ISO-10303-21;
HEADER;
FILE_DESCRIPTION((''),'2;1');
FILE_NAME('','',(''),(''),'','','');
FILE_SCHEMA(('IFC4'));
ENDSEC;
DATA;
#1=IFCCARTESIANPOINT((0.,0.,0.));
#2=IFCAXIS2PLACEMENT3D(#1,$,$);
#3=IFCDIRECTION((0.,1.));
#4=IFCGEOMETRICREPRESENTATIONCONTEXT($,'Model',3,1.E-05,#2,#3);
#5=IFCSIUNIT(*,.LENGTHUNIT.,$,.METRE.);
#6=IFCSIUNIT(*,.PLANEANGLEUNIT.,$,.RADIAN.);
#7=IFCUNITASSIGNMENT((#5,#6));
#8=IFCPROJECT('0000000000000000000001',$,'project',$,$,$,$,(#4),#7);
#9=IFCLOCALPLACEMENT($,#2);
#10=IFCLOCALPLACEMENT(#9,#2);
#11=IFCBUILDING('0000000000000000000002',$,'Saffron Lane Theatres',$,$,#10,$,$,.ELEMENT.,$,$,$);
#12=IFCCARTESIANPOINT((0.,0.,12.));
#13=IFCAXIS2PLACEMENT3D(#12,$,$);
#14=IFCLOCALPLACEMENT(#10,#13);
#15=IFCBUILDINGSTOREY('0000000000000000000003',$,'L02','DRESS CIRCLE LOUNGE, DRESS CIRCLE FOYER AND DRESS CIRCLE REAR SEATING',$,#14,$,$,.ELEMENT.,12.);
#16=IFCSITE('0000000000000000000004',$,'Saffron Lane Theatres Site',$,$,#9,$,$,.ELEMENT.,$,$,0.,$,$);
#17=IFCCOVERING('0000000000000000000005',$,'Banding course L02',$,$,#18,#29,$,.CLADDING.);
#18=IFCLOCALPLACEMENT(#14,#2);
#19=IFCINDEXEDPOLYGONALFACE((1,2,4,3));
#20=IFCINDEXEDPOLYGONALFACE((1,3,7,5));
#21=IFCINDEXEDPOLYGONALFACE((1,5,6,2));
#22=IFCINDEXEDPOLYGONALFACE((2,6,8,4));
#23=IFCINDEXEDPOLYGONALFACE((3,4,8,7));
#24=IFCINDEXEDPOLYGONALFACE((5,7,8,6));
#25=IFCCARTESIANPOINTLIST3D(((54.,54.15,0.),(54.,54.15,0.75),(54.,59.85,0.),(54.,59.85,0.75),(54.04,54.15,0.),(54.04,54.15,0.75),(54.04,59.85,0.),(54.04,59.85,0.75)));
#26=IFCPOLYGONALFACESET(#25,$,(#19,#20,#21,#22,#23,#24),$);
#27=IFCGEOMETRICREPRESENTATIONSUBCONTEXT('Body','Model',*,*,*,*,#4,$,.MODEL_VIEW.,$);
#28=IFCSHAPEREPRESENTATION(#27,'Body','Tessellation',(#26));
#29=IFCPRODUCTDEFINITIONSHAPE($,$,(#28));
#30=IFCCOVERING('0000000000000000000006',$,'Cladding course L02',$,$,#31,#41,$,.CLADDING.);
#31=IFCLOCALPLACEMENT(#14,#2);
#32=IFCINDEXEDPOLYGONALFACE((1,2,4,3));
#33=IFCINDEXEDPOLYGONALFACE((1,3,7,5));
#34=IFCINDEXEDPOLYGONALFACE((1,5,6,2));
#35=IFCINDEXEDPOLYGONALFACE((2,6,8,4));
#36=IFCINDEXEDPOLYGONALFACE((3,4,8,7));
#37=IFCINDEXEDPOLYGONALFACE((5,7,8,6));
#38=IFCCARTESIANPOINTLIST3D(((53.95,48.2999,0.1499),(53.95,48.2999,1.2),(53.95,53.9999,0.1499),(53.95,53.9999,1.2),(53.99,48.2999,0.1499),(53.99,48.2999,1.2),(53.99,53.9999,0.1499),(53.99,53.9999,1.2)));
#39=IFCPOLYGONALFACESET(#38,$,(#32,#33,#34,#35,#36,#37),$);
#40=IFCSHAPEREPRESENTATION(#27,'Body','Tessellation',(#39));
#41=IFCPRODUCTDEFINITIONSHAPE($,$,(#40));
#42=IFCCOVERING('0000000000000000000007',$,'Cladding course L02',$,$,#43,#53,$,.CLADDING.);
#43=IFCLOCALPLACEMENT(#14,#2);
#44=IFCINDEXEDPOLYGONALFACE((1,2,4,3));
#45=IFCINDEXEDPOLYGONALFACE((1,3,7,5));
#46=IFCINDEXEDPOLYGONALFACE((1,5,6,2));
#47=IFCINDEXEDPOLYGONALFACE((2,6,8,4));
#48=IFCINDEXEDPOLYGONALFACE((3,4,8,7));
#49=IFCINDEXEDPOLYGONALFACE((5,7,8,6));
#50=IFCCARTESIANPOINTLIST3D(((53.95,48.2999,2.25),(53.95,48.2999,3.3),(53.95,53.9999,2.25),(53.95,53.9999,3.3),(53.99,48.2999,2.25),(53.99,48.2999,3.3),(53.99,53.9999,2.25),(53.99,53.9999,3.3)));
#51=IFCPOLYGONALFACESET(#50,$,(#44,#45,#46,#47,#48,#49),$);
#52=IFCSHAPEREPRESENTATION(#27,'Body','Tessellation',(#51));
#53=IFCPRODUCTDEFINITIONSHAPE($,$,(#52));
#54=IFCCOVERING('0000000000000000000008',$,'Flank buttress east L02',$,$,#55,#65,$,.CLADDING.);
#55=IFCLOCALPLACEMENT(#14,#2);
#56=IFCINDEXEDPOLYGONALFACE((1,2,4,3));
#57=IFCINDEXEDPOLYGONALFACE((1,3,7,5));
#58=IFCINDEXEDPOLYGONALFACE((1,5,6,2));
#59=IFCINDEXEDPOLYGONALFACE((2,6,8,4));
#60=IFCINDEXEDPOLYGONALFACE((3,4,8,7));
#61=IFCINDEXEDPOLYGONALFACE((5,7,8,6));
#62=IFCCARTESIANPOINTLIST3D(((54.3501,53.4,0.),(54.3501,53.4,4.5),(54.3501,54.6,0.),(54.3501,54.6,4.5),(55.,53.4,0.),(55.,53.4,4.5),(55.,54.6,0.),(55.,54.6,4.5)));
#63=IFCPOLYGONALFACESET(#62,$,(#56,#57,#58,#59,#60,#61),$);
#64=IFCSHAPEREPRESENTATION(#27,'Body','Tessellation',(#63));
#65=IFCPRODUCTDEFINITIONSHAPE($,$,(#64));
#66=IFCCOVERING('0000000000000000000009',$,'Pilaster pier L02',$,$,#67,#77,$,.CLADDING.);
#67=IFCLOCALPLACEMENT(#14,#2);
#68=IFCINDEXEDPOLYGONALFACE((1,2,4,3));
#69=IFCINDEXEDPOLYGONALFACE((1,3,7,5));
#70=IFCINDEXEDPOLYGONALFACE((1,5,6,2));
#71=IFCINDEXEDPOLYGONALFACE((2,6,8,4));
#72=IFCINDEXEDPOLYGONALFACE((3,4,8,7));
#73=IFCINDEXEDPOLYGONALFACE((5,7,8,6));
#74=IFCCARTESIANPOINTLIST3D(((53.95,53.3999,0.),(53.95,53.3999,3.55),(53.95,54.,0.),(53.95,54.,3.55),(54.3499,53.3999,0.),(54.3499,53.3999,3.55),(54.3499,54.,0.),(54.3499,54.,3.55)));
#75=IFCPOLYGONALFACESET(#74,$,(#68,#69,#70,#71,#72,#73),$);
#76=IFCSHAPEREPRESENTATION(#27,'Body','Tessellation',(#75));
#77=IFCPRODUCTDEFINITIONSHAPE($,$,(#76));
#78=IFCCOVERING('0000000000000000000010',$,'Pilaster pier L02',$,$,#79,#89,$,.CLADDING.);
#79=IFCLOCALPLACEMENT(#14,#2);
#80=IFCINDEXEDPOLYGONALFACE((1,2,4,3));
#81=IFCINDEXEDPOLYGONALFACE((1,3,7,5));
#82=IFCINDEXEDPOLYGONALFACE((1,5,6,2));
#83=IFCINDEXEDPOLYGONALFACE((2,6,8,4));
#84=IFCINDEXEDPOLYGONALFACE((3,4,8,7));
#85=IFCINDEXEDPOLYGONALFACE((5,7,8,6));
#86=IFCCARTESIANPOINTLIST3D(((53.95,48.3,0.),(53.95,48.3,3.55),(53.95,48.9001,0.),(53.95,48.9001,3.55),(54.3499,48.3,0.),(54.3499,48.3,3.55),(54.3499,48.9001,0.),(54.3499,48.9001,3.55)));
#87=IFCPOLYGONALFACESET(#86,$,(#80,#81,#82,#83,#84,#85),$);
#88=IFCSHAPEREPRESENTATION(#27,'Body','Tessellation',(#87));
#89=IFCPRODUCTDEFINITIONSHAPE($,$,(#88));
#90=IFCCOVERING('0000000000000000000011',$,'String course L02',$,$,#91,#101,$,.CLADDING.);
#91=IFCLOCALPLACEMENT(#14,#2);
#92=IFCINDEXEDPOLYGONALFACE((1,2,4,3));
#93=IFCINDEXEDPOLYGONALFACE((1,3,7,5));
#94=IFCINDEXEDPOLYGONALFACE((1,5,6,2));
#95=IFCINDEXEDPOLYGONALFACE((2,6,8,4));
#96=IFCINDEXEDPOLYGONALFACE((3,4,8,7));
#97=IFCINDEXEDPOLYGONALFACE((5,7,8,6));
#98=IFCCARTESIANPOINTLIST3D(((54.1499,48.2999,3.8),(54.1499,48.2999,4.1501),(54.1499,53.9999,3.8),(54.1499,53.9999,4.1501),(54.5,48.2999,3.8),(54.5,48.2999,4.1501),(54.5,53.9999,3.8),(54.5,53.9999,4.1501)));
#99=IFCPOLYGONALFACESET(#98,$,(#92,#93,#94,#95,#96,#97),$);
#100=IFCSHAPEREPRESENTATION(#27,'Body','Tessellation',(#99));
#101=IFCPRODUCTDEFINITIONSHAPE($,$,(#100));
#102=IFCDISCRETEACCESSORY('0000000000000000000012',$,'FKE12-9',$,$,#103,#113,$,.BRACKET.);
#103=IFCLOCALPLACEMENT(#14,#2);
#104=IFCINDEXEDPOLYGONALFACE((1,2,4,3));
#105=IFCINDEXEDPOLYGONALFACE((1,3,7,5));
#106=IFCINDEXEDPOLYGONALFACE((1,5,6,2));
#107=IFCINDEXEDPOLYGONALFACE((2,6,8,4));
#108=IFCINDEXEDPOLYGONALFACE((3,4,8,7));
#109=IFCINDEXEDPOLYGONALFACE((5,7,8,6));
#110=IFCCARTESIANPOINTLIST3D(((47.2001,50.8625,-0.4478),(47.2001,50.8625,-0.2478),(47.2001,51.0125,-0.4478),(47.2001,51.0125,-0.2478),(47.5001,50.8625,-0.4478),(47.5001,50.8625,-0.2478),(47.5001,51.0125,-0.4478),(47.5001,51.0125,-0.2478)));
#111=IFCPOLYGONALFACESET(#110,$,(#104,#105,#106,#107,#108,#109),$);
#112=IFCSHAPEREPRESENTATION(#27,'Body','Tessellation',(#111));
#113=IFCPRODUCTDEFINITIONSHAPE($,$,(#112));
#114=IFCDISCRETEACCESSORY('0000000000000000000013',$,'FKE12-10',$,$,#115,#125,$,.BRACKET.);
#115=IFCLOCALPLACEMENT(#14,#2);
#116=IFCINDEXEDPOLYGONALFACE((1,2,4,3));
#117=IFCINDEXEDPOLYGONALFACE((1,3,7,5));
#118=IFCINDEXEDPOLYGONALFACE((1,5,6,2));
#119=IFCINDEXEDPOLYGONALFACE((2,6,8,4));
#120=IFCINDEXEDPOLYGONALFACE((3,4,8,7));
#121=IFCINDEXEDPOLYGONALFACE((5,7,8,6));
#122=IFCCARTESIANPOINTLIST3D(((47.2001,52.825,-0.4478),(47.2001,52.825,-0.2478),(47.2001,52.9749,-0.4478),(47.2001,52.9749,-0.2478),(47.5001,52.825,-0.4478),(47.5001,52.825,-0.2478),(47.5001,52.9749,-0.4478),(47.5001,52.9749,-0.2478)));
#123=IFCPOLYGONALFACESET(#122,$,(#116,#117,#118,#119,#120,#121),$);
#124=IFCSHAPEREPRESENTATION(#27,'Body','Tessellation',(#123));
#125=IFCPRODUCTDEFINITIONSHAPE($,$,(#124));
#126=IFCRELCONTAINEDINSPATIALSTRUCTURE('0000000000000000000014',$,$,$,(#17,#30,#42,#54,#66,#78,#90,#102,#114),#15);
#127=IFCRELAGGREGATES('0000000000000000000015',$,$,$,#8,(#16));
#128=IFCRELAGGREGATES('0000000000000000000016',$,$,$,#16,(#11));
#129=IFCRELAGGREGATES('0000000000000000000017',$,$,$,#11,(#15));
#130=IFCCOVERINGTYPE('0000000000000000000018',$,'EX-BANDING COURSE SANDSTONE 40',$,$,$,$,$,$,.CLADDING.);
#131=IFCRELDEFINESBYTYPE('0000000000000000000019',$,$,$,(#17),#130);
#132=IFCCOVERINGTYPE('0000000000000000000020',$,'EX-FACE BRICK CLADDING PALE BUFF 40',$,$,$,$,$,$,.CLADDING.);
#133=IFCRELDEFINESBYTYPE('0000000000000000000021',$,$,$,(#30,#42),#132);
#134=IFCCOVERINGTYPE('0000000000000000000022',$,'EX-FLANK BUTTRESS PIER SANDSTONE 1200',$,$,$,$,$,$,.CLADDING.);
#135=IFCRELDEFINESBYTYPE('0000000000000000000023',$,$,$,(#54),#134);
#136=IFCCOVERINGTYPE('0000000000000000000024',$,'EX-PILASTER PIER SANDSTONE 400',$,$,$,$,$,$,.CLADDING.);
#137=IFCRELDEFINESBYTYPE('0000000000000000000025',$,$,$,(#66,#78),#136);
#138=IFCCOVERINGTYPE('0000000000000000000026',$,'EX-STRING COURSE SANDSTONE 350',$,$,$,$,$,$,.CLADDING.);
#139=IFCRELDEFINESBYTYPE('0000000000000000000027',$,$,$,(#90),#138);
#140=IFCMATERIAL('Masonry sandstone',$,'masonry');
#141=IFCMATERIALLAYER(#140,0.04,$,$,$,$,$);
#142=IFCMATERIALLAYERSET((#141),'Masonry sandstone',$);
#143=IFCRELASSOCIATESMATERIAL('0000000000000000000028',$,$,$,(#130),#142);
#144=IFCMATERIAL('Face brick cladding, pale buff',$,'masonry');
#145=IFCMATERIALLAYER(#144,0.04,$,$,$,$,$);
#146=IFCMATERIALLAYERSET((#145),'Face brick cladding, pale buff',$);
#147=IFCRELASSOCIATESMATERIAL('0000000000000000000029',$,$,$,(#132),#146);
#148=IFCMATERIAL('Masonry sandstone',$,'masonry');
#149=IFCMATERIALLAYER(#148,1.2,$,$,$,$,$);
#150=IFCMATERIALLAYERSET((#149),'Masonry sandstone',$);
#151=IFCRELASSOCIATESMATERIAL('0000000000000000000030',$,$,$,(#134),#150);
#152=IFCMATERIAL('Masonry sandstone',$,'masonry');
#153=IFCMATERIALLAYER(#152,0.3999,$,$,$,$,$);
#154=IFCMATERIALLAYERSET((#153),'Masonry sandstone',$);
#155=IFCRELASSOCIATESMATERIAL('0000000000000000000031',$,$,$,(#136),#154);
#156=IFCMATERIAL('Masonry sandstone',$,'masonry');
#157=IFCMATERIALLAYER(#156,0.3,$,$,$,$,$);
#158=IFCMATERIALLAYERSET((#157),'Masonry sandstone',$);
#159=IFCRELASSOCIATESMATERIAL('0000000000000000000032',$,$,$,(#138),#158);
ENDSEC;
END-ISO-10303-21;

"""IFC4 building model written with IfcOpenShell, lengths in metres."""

from ifc_helpers import new_model, si_unit, direction, frame, origin, origin_2d, place, context, subcontext, project, spatial, rectangle, extrude, material, layer, layer_set, type_object, element, save


model = new_model("IFC4")

# Units and contexts
model_context = context("Model", 3, precision=1e-05, world=origin(), true_north=direction((0.0, 1.0)))
body_context = subcontext(model_context, "Body", "Model", "MODEL_VIEW")
ifc_project = project(units=[si_unit("LENGTHUNIT", "METRE"), si_unit("PLANEANGLEUNIT", "RADIAN")], contexts=[model_context])

# Site, building, storey
site_placement = place(None, origin())
site = spatial("IfcSite", under=ifc_project, at=site_placement, Name="Saffron Lane Theatres Site", CompositionType="ELEMENT", RefElevation=0.0)
building_placement = place(site_placement, origin())
building = spatial("IfcBuilding", under=site, at=building_placement, Name="Saffron Lane Theatres", CompositionType="ELEMENT")
storey_placement = place(building_placement, frame((0.0, 0.0, 12.0)))
storey = spatial("IfcBuildingStorey", under=building, at=storey_placement, Name="L02", Description="DRESS CIRCLE LOUNGE, DRESS CIRCLE FOYER AND DRESS CIRCLE REAR SEATING", CompositionType="ELEMENT", Elevation=12.0)

# Coverings
ifc_material_1 = material(Name="Masonry sandstone", Category="masonry")
ifc_layer_1 = layer(ifc_material_1, 0.04)
ifc_layer_set_1 = layer_set([ifc_layer_1], Name="Masonry sandstone")
covering_type_1 = type_object("IfcCoveringType", Name="EX-BANDING COURSE SANDSTONE 40", PredefinedType="CLADDING", material=ifc_layer_set_1)
covering_1_placement = place(storey_placement, frame((54.02, 57.0, 0.0), z_axis=(0.0, 0.0, 1.0), x_axis=(0.0, 1.0, 0.0)))
element("IfcCovering", 1, at=covering_1_placement, inside=storey, type_object=covering_type_1, Name="Banding course L02", PredefinedType="CLADDING", context=body_context, shape_type="SweptSolid", body=[
    extrude(rectangle(XDim=5.7, YDim=0.04, at=origin_2d()), origin(), (0.0, 0.0, 1.0), 0.75),
])
ifc_material_2 = material(Name="Face brick cladding, pale buff", Category="masonry")
ifc_layer_2 = layer(ifc_material_2, 0.04)
ifc_layer_set_2 = layer_set([ifc_layer_2], Name="Face brick cladding, pale buff")
covering_type_2 = type_object("IfcCoveringType", Name="EX-FACE BRICK CLADDING PALE BUFF 40", PredefinedType="CLADDING", material=ifc_layer_set_2)
for number, where, z_axis, x_axis, name in (
    (2, (53.97, 51.1499, 0.1499), (0.0, 0.0, 1.0), (0.0, -1.0, 0.0), "Cladding course L02"),
    (3, (53.97, 51.1499, 2.25), (0.0, 0.0, 1.0), (0.0, -1.0, 0.0), "Cladding course L02"),
):
    element("IfcCovering", number, at=place(storey_placement, frame(where, z_axis=z_axis, x_axis=x_axis)), inside=storey, type_object=covering_type_2, Name=name, PredefinedType="CLADDING", context=body_context, shape_type="SweptSolid", body=[
        extrude(rectangle(XDim=5.7, YDim=0.04, at=origin_2d()), origin(), (0.0, 0.0, 1.0), 1.05),
    ])
ifc_material_3 = material(Name="Masonry sandstone", Category="masonry")
ifc_layer_3 = layer(ifc_material_3, 1.2)
ifc_layer_set_3 = layer_set([ifc_layer_3], Name="Masonry sandstone")
covering_type_3 = type_object("IfcCoveringType", Name="EX-FLANK BUTTRESS PIER SANDSTONE 1200", PredefinedType="CLADDING", material=ifc_layer_set_3)
covering_2_placement = place(storey_placement, frame((54.675, 54.0, 0.0), z_axis=(0.0, 0.0, 1.0), x_axis=(0.0, 1.0, 0.0)))
element("IfcCovering", 4, at=covering_2_placement, inside=storey, type_object=covering_type_3, Name="Flank buttress east L02", PredefinedType="CLADDING", context=body_context, shape_type="SweptSolid", body=[
    extrude(rectangle(XDim=1.2, YDim=0.6499, at=origin_2d()), origin(), (0.0, 0.0, 1.0), 4.5),
])
ifc_material_4 = material(Name="Masonry sandstone", Category="masonry")
ifc_layer_4 = layer(ifc_material_4, 0.3999)
ifc_layer_set_4 = layer_set([ifc_layer_4], Name="Masonry sandstone")
covering_type_4 = type_object("IfcCoveringType", Name="EX-PILASTER PIER SANDSTONE 400", PredefinedType="CLADDING", material=ifc_layer_set_4)
for number, where, z_axis, x_axis, name in (
    (5, (54.1499, 53.7, 0.0), (0.0, 0.0, 1.0), (0.0, -1.0, 0.0), "Pilaster pier L02"),
    (6, (54.1499, 48.6001, 0.0), (0.0, 0.0, 1.0), (0.0, -1.0, 0.0), "Pilaster pier L02"),
):
    element("IfcCovering", number, at=place(storey_placement, frame(where, z_axis=z_axis, x_axis=x_axis)), inside=storey, type_object=covering_type_4, Name=name, PredefinedType="CLADDING", context=body_context, shape_type="SweptSolid", body=[
        extrude(rectangle(XDim=0.6001, YDim=0.3999, at=origin_2d()), origin(), (0.0, 0.0, 1.0), 3.55),
    ])
ifc_material_5 = material(Name="Masonry sandstone", Category="masonry")
ifc_layer_5 = layer(ifc_material_5, 0.3)
ifc_layer_set_5 = layer_set([ifc_layer_5], Name="Masonry sandstone")
covering_type_5 = type_object("IfcCoveringType", Name="EX-STRING COURSE SANDSTONE 350", PredefinedType="CLADDING", material=ifc_layer_set_5)
covering_3_placement = place(storey_placement, frame((54.325, 51.1499, 3.8), z_axis=(0.0, 0.0, 1.0), x_axis=(0.0, -1.0, 0.0)))
element("IfcCovering", 7, at=covering_3_placement, inside=storey, type_object=covering_type_5, Name="String course L02", PredefinedType="CLADDING", context=body_context, shape_type="SweptSolid", body=[
    extrude(rectangle(XDim=5.7, YDim=0.3501, at=origin_2d()), origin(), (0.0, 0.0, 1.0), 0.3501),
])

# Discrete accessories
for number, where, z_axis, x_axis, name in (
    (8, (47.3501, 50.9375, -0.4478), (0.0, 0.0, 1.0), (1.0, 0.0, 0.0), "FKE12-9"),
    (9, (47.3501, 52.8999, -0.4478), (0.0, 0.0, 1.0), (1.0, 0.0, 0.0), "FKE12-10"),
):
    element("IfcDiscreteAccessory", number, at=place(storey_placement, frame(where, z_axis=z_axis, x_axis=x_axis)), inside=storey, Name=name, PredefinedType="BRACKET", context=body_context, shape_type="SweptSolid", body=[
        extrude(rectangle(XDim=0.3, YDim=0.1499, at=origin_2d()), origin(), (0.0, 0.0, 1.0), 0.2),
    ])

save(model, "model.ifc")
